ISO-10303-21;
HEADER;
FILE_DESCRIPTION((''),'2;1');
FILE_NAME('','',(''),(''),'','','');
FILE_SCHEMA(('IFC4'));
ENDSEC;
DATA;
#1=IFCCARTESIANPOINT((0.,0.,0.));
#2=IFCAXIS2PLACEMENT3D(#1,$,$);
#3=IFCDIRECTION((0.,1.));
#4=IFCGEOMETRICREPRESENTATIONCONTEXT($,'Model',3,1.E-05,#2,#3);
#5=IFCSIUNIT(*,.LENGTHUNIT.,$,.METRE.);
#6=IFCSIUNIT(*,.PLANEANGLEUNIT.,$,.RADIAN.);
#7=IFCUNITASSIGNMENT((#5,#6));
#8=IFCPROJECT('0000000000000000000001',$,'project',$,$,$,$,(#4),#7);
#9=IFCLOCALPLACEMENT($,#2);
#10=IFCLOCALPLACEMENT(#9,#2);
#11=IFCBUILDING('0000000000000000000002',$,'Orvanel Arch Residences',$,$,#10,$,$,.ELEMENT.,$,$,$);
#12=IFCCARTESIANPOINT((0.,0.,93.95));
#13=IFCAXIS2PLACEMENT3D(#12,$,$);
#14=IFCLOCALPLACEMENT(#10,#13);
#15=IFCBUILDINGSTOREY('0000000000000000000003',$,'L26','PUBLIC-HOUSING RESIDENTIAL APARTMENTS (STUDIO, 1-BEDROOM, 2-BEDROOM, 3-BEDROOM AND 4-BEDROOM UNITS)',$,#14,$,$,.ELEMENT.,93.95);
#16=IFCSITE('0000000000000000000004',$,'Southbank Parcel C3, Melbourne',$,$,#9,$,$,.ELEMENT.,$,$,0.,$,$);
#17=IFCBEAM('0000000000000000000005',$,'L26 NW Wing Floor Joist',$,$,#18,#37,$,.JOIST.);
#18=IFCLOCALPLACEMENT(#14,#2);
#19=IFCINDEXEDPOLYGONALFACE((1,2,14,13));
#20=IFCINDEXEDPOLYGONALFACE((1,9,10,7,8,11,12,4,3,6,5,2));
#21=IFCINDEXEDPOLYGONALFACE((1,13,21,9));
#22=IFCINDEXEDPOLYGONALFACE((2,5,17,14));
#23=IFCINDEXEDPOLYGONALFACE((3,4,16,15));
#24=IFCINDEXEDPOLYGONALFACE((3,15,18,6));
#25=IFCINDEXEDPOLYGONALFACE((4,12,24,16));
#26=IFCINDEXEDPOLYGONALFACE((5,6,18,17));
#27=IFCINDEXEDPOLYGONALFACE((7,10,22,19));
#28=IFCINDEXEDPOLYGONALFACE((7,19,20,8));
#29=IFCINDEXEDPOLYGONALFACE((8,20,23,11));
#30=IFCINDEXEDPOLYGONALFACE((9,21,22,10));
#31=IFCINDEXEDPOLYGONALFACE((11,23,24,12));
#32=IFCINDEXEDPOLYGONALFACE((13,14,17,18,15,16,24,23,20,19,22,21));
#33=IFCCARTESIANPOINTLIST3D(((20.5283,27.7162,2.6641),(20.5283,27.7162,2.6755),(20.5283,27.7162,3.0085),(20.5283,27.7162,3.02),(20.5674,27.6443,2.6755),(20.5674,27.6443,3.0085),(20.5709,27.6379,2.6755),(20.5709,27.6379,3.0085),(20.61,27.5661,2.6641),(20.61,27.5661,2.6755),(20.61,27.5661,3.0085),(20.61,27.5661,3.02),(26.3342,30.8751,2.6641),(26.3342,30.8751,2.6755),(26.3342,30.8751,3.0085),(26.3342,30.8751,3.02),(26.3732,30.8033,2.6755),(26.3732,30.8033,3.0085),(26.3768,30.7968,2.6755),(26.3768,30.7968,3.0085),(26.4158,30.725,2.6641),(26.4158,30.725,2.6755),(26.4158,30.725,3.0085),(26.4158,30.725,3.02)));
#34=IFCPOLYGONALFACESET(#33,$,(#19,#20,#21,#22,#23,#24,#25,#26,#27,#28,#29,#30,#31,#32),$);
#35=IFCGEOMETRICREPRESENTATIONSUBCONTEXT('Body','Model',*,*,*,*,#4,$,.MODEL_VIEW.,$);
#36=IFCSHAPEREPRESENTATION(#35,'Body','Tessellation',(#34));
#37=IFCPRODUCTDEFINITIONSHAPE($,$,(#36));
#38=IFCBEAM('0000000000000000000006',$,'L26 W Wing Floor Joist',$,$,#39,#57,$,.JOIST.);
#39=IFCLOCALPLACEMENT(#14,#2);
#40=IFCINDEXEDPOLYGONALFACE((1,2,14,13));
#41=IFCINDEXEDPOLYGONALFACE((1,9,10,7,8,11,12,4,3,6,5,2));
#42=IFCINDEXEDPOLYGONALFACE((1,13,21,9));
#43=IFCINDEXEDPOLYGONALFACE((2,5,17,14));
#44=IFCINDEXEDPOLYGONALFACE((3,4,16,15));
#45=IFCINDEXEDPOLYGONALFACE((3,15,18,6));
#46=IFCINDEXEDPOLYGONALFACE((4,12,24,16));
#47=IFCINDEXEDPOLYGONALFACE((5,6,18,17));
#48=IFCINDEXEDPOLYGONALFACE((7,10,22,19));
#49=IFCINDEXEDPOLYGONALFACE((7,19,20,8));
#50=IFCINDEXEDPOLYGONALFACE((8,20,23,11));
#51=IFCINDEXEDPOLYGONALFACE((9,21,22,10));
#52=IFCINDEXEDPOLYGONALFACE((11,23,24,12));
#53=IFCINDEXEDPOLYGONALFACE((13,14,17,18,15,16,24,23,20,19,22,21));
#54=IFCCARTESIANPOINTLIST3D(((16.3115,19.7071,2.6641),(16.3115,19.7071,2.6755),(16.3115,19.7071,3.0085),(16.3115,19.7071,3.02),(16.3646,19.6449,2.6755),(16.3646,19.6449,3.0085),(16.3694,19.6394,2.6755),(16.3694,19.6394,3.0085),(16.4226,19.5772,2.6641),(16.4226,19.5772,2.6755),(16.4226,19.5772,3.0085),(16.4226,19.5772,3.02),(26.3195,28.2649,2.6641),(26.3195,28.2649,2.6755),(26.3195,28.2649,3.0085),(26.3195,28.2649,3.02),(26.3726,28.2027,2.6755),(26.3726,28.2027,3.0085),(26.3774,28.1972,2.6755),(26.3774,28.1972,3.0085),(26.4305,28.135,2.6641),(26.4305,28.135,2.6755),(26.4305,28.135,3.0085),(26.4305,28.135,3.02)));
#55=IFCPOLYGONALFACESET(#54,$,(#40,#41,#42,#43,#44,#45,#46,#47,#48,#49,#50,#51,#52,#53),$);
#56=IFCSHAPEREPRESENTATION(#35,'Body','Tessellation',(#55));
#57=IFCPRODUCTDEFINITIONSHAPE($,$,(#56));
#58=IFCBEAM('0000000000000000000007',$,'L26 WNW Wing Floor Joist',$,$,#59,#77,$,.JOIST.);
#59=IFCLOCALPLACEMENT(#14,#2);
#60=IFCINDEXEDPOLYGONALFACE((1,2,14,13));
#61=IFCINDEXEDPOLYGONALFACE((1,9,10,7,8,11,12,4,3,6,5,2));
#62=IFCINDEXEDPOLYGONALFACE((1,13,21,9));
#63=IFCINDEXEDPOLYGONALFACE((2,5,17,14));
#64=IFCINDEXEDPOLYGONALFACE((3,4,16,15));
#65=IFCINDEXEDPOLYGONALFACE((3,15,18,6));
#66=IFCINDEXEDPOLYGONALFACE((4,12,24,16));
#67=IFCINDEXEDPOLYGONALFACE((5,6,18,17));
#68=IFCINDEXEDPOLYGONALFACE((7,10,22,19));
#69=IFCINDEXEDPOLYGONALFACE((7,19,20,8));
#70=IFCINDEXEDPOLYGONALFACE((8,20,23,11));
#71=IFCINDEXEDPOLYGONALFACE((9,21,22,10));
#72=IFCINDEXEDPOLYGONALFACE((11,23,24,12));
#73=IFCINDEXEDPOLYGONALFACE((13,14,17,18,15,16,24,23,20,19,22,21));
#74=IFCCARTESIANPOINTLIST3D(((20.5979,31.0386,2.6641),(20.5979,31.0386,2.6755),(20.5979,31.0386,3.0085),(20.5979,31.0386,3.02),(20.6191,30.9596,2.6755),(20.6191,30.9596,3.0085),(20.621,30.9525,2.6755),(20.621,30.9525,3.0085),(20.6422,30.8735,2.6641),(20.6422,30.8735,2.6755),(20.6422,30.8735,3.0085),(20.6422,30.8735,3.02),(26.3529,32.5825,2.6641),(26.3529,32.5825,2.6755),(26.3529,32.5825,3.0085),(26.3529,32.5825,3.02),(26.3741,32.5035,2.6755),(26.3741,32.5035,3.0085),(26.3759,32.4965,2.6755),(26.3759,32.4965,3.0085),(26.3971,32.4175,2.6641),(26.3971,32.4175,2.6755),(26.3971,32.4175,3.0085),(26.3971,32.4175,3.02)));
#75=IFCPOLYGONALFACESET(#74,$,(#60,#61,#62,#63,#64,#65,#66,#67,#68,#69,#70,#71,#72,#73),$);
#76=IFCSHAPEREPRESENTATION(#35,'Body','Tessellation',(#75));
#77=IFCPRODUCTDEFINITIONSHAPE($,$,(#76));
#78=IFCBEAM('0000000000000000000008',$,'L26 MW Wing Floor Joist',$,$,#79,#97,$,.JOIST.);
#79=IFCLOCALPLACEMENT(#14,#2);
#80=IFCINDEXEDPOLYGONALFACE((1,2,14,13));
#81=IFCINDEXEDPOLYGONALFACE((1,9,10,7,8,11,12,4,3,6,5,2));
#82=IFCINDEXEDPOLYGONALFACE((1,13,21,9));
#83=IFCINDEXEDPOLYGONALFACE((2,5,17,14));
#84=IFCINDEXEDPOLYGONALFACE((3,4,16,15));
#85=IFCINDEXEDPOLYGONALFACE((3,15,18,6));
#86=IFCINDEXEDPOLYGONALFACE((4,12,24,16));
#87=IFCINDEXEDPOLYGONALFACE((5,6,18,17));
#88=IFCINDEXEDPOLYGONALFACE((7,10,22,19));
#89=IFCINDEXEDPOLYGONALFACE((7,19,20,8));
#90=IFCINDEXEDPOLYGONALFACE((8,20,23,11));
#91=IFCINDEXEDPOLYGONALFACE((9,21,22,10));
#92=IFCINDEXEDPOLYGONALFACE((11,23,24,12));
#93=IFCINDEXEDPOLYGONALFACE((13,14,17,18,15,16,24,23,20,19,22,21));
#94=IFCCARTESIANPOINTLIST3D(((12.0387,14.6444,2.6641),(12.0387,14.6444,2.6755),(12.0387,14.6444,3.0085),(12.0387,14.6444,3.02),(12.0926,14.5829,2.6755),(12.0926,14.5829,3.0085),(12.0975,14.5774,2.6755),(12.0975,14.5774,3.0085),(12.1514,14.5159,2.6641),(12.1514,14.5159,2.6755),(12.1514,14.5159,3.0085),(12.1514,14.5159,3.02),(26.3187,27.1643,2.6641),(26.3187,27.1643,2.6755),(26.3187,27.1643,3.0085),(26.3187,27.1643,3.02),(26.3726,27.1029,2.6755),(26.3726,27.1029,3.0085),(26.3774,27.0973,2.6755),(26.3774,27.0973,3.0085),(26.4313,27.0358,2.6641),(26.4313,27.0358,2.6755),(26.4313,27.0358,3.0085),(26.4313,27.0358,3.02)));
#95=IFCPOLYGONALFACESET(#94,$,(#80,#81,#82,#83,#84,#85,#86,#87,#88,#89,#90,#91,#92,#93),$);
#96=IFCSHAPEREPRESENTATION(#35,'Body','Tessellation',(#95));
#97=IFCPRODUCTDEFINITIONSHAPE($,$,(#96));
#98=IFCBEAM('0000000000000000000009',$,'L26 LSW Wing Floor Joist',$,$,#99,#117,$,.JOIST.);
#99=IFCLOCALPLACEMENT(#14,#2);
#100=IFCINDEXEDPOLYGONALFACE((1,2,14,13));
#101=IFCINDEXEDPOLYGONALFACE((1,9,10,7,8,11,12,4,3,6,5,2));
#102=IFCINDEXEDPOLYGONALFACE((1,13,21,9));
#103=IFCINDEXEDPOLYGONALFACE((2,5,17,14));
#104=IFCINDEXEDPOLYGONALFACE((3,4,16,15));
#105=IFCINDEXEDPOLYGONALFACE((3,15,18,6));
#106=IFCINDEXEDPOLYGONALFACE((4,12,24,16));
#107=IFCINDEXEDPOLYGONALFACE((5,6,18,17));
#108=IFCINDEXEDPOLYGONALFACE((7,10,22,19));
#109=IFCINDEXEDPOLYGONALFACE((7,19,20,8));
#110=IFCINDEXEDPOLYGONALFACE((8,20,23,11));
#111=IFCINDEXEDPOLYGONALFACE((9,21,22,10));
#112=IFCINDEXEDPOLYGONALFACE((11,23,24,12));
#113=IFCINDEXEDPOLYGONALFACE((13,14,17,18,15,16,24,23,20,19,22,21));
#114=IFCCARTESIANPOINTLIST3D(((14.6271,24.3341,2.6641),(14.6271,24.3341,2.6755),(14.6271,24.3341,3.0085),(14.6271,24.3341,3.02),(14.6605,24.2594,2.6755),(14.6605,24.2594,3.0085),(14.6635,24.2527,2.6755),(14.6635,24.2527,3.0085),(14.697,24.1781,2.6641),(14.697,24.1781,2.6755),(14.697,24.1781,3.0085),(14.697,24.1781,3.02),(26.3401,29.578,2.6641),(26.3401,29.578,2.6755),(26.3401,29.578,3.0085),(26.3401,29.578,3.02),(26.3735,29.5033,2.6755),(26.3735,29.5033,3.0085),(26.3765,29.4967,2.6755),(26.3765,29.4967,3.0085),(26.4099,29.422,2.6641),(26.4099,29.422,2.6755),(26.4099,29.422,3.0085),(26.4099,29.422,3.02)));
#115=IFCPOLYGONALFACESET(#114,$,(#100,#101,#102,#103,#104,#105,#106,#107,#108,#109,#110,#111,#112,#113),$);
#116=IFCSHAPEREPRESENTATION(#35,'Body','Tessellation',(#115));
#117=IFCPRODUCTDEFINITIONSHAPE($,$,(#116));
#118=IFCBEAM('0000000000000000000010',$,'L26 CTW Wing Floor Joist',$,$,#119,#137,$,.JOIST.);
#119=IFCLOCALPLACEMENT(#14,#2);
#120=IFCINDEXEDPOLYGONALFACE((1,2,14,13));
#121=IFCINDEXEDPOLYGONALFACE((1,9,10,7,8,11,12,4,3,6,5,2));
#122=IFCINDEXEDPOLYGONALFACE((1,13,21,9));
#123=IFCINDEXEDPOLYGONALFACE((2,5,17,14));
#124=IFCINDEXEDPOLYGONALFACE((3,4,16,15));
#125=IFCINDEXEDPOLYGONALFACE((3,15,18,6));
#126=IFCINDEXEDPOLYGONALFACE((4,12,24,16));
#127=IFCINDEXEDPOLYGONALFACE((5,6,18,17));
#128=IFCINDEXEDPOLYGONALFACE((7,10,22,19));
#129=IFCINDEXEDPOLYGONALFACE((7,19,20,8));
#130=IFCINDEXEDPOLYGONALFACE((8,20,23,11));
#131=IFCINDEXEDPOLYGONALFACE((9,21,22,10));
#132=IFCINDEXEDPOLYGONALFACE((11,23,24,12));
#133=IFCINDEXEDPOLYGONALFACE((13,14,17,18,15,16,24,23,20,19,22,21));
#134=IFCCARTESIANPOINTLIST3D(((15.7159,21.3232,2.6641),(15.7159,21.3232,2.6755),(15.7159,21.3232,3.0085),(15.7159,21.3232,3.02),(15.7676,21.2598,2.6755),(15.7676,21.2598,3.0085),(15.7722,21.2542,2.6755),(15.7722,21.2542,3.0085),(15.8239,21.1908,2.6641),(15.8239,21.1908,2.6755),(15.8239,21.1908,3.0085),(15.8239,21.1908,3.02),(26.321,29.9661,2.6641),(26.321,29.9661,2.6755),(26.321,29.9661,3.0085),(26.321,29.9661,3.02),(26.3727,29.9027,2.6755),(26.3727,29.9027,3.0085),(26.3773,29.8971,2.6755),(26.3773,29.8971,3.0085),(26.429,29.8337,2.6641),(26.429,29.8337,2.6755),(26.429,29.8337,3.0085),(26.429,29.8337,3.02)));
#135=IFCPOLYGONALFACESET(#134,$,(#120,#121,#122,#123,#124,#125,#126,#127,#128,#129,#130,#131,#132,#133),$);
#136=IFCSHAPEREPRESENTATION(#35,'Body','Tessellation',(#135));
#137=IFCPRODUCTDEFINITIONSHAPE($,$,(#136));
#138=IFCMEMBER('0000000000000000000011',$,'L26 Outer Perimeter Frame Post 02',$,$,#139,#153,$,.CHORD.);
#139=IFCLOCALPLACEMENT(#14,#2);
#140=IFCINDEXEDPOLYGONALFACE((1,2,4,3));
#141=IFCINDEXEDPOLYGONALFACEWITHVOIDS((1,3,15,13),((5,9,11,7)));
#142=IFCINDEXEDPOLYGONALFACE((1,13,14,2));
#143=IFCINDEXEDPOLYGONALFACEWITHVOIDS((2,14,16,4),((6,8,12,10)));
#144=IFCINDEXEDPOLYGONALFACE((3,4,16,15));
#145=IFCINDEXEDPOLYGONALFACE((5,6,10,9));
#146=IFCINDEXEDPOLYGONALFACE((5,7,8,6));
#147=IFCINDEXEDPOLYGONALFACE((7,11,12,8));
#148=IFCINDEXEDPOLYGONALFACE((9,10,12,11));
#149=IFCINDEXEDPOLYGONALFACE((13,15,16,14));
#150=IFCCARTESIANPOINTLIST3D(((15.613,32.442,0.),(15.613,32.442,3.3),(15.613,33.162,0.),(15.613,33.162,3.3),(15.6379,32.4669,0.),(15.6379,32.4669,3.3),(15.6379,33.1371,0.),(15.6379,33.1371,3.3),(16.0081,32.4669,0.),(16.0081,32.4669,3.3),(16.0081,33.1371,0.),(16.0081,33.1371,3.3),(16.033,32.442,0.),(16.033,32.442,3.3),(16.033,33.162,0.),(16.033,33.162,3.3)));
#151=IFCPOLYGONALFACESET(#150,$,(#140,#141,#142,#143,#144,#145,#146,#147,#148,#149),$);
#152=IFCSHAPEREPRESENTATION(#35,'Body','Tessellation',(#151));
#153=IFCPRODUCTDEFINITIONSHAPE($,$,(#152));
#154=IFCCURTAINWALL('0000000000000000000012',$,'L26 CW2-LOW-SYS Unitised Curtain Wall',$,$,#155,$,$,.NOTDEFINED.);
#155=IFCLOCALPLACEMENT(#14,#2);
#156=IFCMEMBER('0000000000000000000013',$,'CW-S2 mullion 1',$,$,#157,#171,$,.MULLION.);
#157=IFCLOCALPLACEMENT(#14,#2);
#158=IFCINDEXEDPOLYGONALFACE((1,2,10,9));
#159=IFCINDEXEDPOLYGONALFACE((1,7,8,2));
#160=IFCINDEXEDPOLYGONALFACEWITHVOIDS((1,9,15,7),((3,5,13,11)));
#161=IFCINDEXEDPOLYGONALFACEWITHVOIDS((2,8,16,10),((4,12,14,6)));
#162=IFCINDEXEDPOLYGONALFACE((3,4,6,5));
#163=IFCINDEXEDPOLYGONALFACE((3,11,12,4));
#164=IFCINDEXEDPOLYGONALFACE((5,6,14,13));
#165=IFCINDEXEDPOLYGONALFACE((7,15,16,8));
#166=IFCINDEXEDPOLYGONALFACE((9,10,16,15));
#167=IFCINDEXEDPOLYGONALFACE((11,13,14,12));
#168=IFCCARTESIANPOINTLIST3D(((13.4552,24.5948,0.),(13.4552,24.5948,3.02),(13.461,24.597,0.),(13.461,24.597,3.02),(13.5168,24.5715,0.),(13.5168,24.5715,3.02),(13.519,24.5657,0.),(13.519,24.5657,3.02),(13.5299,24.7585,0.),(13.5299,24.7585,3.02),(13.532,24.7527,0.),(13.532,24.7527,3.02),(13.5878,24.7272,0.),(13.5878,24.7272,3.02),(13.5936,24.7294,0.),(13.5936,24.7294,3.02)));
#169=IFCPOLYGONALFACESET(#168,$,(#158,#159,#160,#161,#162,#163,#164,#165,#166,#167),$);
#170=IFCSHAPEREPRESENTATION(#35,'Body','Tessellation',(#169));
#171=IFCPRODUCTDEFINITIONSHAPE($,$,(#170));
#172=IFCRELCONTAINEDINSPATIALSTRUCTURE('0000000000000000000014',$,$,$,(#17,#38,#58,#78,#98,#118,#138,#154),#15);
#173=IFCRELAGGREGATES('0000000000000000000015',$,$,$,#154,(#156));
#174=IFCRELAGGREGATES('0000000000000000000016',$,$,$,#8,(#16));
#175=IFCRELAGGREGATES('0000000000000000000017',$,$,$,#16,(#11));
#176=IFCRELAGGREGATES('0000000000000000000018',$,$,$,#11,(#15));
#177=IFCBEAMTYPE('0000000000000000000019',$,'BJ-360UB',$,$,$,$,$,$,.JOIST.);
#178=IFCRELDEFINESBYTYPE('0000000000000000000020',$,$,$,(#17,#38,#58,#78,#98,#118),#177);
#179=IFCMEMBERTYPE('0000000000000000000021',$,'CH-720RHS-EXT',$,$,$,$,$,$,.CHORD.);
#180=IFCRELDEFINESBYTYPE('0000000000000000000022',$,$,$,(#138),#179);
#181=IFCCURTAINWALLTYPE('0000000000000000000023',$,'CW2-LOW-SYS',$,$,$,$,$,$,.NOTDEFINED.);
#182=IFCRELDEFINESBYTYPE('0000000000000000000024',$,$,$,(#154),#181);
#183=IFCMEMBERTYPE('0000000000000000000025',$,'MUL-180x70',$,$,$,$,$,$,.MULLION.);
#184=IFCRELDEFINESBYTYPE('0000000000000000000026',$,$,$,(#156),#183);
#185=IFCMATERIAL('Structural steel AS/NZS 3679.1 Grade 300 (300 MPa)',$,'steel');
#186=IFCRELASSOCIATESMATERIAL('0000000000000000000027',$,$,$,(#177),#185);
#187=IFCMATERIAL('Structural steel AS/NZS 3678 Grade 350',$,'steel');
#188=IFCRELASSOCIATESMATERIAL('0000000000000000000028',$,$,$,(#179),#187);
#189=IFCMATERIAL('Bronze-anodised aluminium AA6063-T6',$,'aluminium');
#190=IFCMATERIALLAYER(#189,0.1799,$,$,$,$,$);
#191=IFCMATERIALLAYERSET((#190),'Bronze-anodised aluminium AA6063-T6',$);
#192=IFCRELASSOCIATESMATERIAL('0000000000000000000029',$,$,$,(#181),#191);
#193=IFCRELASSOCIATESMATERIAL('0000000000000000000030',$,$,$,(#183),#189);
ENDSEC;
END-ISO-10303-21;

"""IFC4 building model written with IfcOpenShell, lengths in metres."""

from ifc_helpers import new_model, si_unit, direction, frame, origin, origin_2d, place, context, subcontext, project, spatial, hollow_rectangle, i_section, extrude, material, layer, layer_set, material_profile, profile_set, type_object, element, aggregate, save


model = new_model("IFC4")

# Units and contexts
model_context = context("Model", 3, precision=1e-05, world=origin(), true_north=direction((0.0, 1.0)))
body_context = subcontext(model_context, "Body", "Model", "MODEL_VIEW")
ifc_project = project(units=[si_unit("LENGTHUNIT", "METRE"), si_unit("PLANEANGLEUNIT", "RADIAN")], contexts=[model_context])

# Site, building, storey
site_placement = place(None, origin())
site = spatial("IfcSite", under=ifc_project, at=site_placement, Name="Southbank Parcel C3, Melbourne", CompositionType="ELEMENT", RefElevation=0.0)
building_placement = place(site_placement, origin())
building = spatial("IfcBuilding", under=site, at=building_placement, Name="Orvanel Arch Residences", CompositionType="ELEMENT")
storey_placement = place(building_placement, frame((0.0, 0.0, 93.95)))
storey = spatial("IfcBuildingStorey", under=building, at=storey_placement, Name="L26", Description="PUBLIC-HOUSING RESIDENTIAL APARTMENTS (STUDIO, 1-BEDROOM, 2-BEDROOM, 3-BEDROOM AND 4-BEDROOM UNITS)", CompositionType="ELEMENT", Elevation=93.95)

# Beams
ifc_material_1 = material(Name="Structural steel AS/NZS 3679.1 Grade 300 (300 MPa)", Category="steel")
ifc_material_profile_1 = material_profile(ifc_material_1, i_section(OverallWidth=0.1709, OverallDepth=0.356, WebThickness=0.0073, FlangeThickness=0.0115, at=origin_2d()), Name="360UB50.7")
ifc_profile_set_1 = profile_set([ifc_material_profile_1], Name="Structural steel AS/NZS 3679.1 Grade 300 (300 MPa)")
beam_type_1 = type_object("IfcBeamType", Name="BJ-360UB", PredefinedType="JOIST", material=ifc_profile_set_1)
beam_1_placement = place(storey_placement, frame((26.375, 30.8, 2.842), z_axis=(-0.878399, -0.477928, 0.0), x_axis=(0.477928, -0.878399, 0.0)))
element("IfcBeam", 1, at=beam_1_placement, inside=storey, type_object=beam_type_1, Name="L26 NW Wing Floor Joist", PredefinedType="JOIST", context=body_context, shape_type="SweptSolid", body=[
    extrude(i_section(OverallWidth=0.1709, OverallDepth=0.356, WebThickness=0.0073, FlangeThickness=0.0115, at=origin_2d()), origin(), (0.0, 0.0, 1.0), 6.6096),
])
beam_2_placement = place(storey_placement, frame((26.375, 28.2, 2.842), z_axis=(-0.760024, -0.649895, 0.0), x_axis=(0.649895, -0.760024, 0.0)))
element("IfcBeam", 2, at=beam_2_placement, inside=storey, type_object=beam_type_1, Name="L26 W Wing Floor Joist", PredefinedType="JOIST", context=body_context, shape_type="SweptSolid", body=[
    extrude(i_section(OverallWidth=0.1709, OverallDepth=0.356, WebThickness=0.0073, FlangeThickness=0.0115, at=origin_2d()), origin(), (0.0, 0.0, 1.0), 13.168),
])
beam_3_placement = place(storey_placement, frame((26.375, 32.5, 2.842), z_axis=(-0.965845, -0.259121, 0.0), x_axis=(0.259121, -0.965845, 0.0)))
element("IfcBeam", 3, at=beam_3_placement, inside=storey, type_object=beam_type_1, Name="L26 WNW Wing Floor Joist", PredefinedType="JOIST", context=body_context, shape_type="SweptSolid", body=[
    extrude(i_section(OverallWidth=0.1709, OverallDepth=0.356, WebThickness=0.0073, FlangeThickness=0.0115, at=origin_2d()), origin(), (0.0, 0.0, 1.0), 5.9585),
])
beam_4_placement = place(storey_placement, frame((26.375, 27.1001, 2.842), z_axis=(-0.751924, -0.65925, 0.0), x_axis=(0.65925, -0.751924, 0.0)))
element("IfcBeam", 4, at=beam_4_placement, inside=storey, type_object=beam_type_1, Name="L26 MW Wing Floor Joist", PredefinedType="JOIST", context=body_context, shape_type="SweptSolid", body=[
    extrude(i_section(OverallWidth=0.1709, OverallDepth=0.356, WebThickness=0.0073, FlangeThickness=0.0115, at=origin_2d()), origin(), (0.0, 0.0, 1.0), 18.9912),
])
beam_5_placement = place(storey_placement, frame((26.375, 29.5, 2.842), z_axis=(-0.912704, -0.408621, 0.0), x_axis=(0.408621, -0.912704, 0.0)))
element("IfcBeam", 5, at=beam_5_placement, inside=storey, type_object=beam_type_1, Name="L26 LSW Wing Floor Joist", PredefinedType="JOIST", context=body_context, shape_type="SweptSolid", body=[
    extrude(i_section(OverallWidth=0.1709, OverallDepth=0.356, WebThickness=0.0073, FlangeThickness=0.0115, at=origin_2d()), origin(), (0.0, 0.0, 1.0), 12.8333),
])
beam_6_placement = place(storey_placement, frame((26.375, 29.8999, 2.842), z_axis=(-0.775173, -0.631749, 0.0), x_axis=(0.631749, -0.775173, 0.0)))
element("IfcBeam", 6, at=beam_6_placement, inside=storey, type_object=beam_type_1, Name="L26 CTW Wing Floor Joist", PredefinedType="JOIST", context=body_context, shape_type="SweptSolid", body=[
    extrude(i_section(OverallWidth=0.1709, OverallDepth=0.356, WebThickness=0.0073, FlangeThickness=0.0115, at=origin_2d()), origin(), (0.0, 0.0, 1.0), 13.6809),
])

# Member
ifc_material_2 = material(Name="Structural steel AS/NZS 3678 Grade 350", Category="steel")
ifc_material_profile_2 = material_profile(ifc_material_2, hollow_rectangle(XDim=0.4199, YDim=0.72, WallThickness=0.0249, at=origin_2d()), Name="RHS720x420x25")
ifc_profile_set_2 = profile_set([ifc_material_profile_2], Name="Structural steel AS/NZS 3678 Grade 350")
member_type_1 = type_object("IfcMemberType", Name="CH-720RHS-EXT", PredefinedType="CHORD", material=ifc_profile_set_2)
member_1_placement = place(storey_placement, frame((15.823, 32.802, 0.0), z_axis=(0.0, 0.0, 1.0), x_axis=(1.0, 0.0, 0.0)))
element("IfcMember", 7, at=member_1_placement, inside=storey, type_object=member_type_1, Name="L26 Outer Perimeter Frame Post 02", PredefinedType="CHORD", context=body_context, shape_type="SweptSolid", body=[
    extrude(hollow_rectangle(XDim=0.4199, YDim=0.72, WallThickness=0.0249, at=origin_2d()), origin(), (0.0, 0.0, 1.0), 3.3),
])

# Curtain wall, member
ifc_material_3 = material(Name="Bronze-anodised aluminium AA6063-T6", Category="aluminium")
ifc_layer_1 = layer(ifc_material_3, 0.1799)
ifc_layer_set_1 = layer_set([ifc_layer_1], Name="Bronze-anodised aluminium AA6063-T6")
curtain_wall_type = type_object("IfcCurtainWallType", Name="CW2-LOW-SYS", PredefinedType="NOTDEFINED", material=ifc_layer_set_1)
curtain_wall_placement = place(storey_placement, origin())
curtain_wall = element("IfcCurtainWall", 8, at=curtain_wall_placement, inside=storey, type_object=curtain_wall_type, Name="L26 CW2-LOW-SYS Unitised Curtain Wall", PredefinedType="NOTDEFINED")
ifc_material_profile_3 = material_profile(ifc_material_3, hollow_rectangle(XDim=0.0701, YDim=0.1799, WallThickness=0.0044, at=origin_2d()), Name="ALU180x70x4.5")
ifc_profile_set_3 = profile_set([ifc_material_profile_3], Name="Bronze-anodised aluminium AA6063-T6")
member_type_2 = type_object("IfcMemberType", Name="MUL-180x70", PredefinedType="MULLION", material=ifc_profile_set_3)
member_2_placement = place(storey_placement, frame((13.5244, 24.6621, 0.0), z_axis=(0.0, 0.0, 1.0), x_axis=(0.909823, -0.414996, 0.0)))
member_2 = element("IfcMember", 9, at=member_2_placement, type_object=member_type_2, Name="CW-S2 mullion 1", PredefinedType="MULLION", context=body_context, shape_type="SweptSolid", body=[
    extrude(hollow_rectangle(XDim=0.0701, YDim=0.1799, WallThickness=0.0044, at=origin_2d()), origin(), (0.0, 0.0, 1.0), 3.02),
])

aggregate(curtain_wall, [member_2])

save(model, "model.ifc")
